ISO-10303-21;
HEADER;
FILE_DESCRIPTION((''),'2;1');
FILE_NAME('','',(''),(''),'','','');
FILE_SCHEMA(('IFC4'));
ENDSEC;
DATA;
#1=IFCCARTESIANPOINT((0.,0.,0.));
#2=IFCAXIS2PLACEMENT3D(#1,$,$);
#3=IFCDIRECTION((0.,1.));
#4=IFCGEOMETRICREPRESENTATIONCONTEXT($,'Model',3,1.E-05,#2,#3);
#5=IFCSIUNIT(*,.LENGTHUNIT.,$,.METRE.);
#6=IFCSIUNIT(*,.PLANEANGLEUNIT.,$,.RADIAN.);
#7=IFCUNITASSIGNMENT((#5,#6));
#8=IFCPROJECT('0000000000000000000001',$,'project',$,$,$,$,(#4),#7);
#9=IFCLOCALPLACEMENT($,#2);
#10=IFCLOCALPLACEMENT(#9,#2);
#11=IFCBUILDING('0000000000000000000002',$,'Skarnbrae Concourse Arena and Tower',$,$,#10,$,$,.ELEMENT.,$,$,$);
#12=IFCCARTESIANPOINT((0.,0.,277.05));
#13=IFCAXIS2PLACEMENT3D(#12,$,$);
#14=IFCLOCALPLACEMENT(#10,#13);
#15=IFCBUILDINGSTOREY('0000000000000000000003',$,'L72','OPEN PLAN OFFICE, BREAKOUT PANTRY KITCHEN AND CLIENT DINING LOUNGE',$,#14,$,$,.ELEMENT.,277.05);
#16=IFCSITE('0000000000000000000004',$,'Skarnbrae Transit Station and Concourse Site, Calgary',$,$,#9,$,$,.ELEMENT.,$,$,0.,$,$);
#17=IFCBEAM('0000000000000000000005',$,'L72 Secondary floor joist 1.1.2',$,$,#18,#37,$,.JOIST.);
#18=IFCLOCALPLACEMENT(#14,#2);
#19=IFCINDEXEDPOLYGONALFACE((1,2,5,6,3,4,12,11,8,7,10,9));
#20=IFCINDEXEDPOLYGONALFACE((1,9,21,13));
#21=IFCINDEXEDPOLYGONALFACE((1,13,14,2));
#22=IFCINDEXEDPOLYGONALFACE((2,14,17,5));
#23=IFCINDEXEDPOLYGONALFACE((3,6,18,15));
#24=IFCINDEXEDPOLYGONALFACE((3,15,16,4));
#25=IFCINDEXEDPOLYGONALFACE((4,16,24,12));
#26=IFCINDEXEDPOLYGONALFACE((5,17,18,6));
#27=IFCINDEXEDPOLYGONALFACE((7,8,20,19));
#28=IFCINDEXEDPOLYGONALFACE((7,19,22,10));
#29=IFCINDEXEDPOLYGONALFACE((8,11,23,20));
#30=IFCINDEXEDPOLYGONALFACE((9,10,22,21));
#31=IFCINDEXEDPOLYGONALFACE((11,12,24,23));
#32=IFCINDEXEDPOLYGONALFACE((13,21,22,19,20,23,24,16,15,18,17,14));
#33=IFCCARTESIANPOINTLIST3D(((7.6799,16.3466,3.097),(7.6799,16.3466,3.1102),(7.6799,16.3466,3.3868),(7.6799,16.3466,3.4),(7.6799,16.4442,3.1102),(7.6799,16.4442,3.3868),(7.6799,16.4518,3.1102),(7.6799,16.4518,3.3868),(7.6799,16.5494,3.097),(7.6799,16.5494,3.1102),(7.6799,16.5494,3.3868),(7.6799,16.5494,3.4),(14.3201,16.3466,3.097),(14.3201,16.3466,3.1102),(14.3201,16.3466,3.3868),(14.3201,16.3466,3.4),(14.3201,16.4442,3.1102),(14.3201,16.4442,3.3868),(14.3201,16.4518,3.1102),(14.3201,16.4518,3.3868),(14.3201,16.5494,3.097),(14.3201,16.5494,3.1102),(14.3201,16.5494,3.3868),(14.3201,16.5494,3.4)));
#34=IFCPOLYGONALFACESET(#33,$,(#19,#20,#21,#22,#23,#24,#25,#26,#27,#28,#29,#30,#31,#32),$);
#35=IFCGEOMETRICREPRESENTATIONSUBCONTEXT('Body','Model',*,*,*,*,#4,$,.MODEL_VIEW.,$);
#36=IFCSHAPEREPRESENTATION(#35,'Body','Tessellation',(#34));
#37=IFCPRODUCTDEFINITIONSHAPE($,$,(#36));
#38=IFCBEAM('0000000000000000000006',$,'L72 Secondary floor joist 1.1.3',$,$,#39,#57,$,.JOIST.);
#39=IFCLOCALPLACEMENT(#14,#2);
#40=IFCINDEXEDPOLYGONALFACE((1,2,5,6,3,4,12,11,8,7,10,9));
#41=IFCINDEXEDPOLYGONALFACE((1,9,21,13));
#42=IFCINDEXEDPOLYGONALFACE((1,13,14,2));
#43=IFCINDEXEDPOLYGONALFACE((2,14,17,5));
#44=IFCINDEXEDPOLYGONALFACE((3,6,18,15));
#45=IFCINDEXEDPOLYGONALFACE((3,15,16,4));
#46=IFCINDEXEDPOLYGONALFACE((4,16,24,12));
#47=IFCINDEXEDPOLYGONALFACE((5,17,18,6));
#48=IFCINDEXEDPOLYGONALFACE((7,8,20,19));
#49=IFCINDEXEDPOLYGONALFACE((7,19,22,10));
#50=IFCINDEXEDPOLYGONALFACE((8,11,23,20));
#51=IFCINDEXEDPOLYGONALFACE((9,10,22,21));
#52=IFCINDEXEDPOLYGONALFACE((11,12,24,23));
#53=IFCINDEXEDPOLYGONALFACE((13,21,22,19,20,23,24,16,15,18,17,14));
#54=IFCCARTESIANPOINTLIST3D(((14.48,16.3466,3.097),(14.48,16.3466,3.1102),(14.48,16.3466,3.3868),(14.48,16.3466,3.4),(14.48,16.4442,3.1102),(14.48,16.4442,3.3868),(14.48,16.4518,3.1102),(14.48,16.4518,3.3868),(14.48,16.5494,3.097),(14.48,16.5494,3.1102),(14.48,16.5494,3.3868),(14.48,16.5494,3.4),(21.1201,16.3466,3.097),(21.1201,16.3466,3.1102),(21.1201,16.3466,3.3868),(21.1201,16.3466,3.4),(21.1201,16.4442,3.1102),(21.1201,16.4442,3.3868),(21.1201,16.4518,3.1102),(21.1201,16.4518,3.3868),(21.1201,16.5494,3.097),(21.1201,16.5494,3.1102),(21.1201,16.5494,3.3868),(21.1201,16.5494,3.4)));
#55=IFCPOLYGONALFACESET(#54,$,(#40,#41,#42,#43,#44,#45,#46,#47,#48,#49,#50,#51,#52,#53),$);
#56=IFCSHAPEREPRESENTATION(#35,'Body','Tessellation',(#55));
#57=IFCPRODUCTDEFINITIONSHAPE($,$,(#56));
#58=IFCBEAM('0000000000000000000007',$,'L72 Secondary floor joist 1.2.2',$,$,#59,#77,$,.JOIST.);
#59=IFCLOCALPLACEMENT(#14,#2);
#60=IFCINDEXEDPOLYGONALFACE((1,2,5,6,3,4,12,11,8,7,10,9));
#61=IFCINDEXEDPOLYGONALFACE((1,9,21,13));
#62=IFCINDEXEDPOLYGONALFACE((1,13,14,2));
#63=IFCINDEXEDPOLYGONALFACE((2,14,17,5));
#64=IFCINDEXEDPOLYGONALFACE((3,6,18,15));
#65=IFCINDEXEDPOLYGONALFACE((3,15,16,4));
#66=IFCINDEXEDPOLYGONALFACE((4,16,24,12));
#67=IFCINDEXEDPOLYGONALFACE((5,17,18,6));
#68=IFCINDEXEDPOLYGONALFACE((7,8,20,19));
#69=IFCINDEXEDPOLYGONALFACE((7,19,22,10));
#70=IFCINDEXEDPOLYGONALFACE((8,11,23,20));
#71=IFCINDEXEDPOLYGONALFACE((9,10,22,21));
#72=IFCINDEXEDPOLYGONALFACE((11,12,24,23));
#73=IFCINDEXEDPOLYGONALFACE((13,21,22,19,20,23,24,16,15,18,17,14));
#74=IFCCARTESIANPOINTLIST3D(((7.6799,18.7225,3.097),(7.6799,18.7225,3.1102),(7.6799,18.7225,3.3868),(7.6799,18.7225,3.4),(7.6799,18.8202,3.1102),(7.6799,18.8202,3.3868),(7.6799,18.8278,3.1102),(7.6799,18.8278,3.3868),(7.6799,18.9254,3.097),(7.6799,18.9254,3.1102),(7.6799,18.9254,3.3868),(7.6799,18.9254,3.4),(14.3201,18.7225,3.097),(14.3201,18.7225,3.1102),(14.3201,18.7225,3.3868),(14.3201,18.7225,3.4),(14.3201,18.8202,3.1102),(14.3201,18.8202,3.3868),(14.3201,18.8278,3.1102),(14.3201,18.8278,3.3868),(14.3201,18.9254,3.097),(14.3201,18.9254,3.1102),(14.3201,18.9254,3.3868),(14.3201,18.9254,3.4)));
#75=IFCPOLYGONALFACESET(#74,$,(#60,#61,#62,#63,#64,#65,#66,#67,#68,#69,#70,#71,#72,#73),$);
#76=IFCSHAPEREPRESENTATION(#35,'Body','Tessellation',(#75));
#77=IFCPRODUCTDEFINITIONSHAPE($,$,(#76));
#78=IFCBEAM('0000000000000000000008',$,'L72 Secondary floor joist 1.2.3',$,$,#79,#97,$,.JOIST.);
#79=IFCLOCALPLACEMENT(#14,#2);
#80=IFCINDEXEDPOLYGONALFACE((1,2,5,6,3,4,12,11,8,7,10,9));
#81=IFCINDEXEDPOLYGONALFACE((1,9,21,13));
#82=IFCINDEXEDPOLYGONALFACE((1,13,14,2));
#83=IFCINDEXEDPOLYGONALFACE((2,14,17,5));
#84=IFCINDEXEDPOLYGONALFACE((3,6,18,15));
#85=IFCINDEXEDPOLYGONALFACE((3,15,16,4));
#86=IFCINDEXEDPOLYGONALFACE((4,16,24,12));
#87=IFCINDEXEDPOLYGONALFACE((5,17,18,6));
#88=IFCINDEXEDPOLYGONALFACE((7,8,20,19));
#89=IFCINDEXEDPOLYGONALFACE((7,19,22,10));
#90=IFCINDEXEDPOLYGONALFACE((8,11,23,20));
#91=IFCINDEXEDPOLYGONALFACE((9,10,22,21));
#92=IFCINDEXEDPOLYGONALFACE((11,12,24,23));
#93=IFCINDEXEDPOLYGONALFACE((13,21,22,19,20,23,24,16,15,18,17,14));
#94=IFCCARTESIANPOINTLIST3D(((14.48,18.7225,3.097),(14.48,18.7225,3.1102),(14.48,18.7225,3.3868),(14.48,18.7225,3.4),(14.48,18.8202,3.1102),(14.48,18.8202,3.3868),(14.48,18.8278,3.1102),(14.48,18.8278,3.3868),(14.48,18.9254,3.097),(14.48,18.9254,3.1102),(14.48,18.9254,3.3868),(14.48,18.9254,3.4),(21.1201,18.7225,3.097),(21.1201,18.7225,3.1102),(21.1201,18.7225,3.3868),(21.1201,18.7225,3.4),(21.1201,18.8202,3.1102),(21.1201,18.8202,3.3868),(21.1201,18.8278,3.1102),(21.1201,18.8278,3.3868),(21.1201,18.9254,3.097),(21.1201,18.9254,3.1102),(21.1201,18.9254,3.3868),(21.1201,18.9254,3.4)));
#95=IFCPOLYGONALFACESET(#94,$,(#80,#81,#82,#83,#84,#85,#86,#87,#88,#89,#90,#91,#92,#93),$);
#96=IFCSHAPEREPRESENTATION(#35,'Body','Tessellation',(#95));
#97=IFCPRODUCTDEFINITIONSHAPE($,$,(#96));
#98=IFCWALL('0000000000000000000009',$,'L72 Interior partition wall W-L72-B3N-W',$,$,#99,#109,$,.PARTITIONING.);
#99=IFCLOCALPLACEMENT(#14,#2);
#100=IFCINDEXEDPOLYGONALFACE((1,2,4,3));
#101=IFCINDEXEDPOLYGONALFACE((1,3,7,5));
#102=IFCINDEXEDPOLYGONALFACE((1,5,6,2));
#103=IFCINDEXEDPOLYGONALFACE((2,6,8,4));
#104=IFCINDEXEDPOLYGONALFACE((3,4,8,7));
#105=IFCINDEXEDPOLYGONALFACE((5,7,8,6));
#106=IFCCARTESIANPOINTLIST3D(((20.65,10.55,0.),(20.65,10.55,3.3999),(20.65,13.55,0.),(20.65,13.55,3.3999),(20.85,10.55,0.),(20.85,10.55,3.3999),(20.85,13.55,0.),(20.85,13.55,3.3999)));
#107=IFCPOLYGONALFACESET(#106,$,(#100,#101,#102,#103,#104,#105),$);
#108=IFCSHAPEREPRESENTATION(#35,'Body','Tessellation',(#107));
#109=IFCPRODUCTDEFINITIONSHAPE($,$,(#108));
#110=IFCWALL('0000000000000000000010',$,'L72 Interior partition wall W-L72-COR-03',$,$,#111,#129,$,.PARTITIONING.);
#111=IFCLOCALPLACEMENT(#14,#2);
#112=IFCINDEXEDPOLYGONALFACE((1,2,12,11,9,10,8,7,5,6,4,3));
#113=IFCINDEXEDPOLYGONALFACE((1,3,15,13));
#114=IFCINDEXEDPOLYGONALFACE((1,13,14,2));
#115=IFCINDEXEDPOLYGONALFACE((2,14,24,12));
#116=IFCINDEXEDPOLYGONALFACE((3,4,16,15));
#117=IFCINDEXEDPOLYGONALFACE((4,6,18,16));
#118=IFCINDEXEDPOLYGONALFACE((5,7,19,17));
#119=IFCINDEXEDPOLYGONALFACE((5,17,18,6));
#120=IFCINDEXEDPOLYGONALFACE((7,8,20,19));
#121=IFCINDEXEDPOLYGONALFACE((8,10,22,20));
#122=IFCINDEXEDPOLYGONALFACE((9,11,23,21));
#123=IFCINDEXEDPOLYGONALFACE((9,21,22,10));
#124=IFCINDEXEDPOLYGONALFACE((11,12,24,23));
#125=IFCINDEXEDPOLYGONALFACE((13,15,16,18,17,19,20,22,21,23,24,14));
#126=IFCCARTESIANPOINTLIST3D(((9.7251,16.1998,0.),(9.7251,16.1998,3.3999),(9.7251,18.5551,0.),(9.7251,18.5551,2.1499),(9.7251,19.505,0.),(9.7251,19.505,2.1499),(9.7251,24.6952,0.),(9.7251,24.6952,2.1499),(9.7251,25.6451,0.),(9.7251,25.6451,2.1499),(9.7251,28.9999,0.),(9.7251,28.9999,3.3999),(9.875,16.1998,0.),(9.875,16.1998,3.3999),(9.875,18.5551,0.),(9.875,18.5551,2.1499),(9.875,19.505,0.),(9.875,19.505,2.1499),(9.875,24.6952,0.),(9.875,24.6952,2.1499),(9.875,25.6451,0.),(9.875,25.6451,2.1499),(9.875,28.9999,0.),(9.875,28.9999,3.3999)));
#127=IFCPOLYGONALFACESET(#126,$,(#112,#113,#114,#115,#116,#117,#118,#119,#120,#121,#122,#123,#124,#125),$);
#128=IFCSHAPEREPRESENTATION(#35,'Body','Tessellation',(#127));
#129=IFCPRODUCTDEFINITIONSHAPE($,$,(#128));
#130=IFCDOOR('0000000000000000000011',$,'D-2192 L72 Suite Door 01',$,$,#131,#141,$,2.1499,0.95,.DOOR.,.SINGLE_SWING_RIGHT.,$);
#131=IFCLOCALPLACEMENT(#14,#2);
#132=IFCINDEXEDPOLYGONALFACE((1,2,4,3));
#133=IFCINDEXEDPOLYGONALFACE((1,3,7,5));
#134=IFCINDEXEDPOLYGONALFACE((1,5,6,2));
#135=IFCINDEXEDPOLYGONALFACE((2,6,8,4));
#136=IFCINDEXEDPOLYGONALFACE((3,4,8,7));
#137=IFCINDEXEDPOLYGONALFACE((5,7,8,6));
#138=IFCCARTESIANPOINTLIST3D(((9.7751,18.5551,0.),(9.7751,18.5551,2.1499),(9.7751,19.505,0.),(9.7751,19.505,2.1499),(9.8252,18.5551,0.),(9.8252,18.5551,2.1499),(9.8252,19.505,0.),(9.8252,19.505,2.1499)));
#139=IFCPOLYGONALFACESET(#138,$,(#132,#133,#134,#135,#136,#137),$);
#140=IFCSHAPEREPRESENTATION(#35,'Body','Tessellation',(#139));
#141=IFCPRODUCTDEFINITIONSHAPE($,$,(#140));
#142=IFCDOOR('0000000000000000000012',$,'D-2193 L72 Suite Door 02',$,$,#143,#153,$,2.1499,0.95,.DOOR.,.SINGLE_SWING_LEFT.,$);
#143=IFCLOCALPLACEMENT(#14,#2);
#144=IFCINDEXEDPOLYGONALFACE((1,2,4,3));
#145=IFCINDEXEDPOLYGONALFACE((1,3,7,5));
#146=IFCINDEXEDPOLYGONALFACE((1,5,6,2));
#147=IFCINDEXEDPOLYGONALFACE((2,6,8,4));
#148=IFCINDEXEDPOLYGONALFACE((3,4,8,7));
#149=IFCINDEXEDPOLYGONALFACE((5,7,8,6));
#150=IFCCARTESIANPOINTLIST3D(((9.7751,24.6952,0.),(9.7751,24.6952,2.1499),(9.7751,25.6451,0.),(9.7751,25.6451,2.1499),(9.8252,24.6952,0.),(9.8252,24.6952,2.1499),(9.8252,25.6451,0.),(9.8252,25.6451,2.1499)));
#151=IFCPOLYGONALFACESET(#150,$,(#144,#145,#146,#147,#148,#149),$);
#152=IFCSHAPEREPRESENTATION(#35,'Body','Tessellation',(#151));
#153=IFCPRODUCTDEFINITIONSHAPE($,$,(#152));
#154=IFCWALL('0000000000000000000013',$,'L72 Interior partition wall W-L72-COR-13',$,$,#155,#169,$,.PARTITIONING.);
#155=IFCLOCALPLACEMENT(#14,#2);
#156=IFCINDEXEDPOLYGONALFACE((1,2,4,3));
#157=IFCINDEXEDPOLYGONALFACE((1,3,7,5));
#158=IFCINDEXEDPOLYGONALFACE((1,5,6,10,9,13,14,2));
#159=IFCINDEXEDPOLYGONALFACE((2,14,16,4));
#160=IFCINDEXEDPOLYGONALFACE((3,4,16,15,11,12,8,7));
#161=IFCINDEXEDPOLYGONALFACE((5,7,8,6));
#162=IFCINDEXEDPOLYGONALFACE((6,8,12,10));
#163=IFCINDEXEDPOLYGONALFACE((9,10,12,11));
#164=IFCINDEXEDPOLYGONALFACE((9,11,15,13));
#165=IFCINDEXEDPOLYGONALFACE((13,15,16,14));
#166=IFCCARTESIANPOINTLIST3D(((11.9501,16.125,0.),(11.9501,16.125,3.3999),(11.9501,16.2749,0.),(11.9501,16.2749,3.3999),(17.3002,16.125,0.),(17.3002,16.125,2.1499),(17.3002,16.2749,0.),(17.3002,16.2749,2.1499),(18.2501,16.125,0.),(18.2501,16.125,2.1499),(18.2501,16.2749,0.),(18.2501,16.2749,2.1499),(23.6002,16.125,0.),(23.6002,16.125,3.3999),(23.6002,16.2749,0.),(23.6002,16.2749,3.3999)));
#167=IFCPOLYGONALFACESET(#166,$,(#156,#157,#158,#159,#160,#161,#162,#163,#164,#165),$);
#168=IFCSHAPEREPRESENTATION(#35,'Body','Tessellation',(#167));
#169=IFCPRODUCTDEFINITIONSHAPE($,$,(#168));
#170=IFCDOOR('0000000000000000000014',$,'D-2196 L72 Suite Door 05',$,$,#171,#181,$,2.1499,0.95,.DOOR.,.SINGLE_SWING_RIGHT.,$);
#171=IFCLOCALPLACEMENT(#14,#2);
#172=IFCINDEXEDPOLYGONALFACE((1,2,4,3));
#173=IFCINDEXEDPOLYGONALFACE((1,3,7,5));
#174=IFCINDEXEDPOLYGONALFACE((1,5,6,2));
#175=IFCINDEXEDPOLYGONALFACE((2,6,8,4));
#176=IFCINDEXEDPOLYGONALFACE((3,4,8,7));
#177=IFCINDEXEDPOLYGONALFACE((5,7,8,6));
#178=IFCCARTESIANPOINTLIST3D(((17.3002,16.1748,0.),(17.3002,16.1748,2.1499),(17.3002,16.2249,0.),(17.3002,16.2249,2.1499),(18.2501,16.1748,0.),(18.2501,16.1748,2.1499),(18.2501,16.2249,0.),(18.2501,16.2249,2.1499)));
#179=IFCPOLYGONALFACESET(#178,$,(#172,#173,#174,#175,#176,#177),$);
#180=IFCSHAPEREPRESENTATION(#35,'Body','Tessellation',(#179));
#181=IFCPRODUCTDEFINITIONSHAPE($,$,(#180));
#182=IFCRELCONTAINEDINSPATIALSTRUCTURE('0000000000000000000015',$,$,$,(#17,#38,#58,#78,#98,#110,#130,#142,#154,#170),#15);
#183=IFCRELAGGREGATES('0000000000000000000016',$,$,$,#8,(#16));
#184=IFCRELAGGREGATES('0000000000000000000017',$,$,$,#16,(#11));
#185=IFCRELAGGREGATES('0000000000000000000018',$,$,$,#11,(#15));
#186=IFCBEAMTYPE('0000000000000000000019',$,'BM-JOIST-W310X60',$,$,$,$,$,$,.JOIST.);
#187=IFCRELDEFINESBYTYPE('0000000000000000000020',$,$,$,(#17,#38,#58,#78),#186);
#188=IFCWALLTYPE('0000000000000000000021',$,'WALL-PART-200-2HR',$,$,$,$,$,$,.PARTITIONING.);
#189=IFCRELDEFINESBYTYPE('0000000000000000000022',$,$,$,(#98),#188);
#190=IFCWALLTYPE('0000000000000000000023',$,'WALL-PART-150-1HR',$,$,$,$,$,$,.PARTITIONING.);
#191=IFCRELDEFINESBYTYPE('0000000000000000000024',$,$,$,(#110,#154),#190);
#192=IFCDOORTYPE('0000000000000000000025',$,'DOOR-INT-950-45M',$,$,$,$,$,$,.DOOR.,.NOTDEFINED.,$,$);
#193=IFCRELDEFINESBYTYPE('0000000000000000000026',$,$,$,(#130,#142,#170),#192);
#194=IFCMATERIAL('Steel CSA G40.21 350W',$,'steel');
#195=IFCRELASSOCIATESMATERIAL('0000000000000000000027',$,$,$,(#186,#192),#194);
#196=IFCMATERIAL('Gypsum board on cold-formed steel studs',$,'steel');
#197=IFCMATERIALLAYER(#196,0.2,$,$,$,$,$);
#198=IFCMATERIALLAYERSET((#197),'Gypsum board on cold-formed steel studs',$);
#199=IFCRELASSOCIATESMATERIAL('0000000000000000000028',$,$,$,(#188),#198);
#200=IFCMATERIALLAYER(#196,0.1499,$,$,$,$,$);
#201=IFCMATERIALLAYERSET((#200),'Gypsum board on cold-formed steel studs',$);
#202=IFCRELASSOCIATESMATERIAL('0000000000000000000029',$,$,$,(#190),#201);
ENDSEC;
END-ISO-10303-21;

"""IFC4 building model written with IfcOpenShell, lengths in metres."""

from ifc_helpers import new_model, si_unit, direction, frame, frame_2d, origin, origin_2d, place, context, subcontext, project, spatial, rectangle, i_section, extrude, source, transform, mapped, material, layer, layer_set, material_profile, profile_set, type_object, element, fill, save


model = new_model("IFC4")

# Units and contexts
model_context = context("Model", 3, precision=1e-05, world=origin(), true_north=direction((0.0, 1.0)))
body_context = subcontext(model_context, "Body", "Model", "MODEL_VIEW")
ifc_project = project(units=[si_unit("LENGTHUNIT", "METRE"), si_unit("PLANEANGLEUNIT", "RADIAN")], contexts=[model_context])

# Site, building, storey
site_placement = place(None, origin())
site = spatial("IfcSite", under=ifc_project, at=site_placement, Name="Skarnbrae Transit Station and Concourse Site, Calgary", CompositionType="ELEMENT", RefElevation=0.0)
building_placement = place(site_placement, origin())
building = spatial("IfcBuilding", under=site, at=building_placement, Name="Skarnbrae Concourse Arena and Tower", CompositionType="ELEMENT")
storey_placement = place(building_placement, frame((0.0, 0.0, 277.05)))
storey = spatial("IfcBuildingStorey", under=building, at=storey_placement, Name="L72", Description="OPEN PLAN OFFICE, BREAKOUT PANTRY KITCHEN AND CLIENT DINING LOUNGE", CompositionType="ELEMENT", Elevation=277.05)

# Shared definitions
ifc_material_1 = material(Name="Steel CSA G40.21 350W", Category="steel")

# Beams
ifc_material_profile_1 = material_profile(ifc_material_1, i_section(OverallWidth=0.2029, OverallDepth=0.303, WebThickness=0.0076, FlangeThickness=0.0132, at=origin_2d()), Name="W310X60")
ifc_profile_set_1 = profile_set([ifc_material_profile_1], Name="Steel CSA G40.21 350W")
beam_type_1 = type_object("IfcBeamType", Name="BM-JOIST-W310X60", PredefinedType="JOIST", material=ifc_profile_set_1)
shared_shape_1 = source(origin(), body_context, "Body", "SweptSolid", [
    extrude(i_section(OverallWidth=0.2029, OverallDepth=0.303, WebThickness=0.0076, FlangeThickness=0.0132, at=origin_2d()), origin(), (0.0, 0.0, 1.0), 6.6401),
])
for number, where, z_axis, x_axis, name in (
    (1, (7.6799, 16.448, 3.2485), (1.0, 0.0, 0.0), (0.0, 1.0, 0.0), "L72 Secondary floor joist 1.1.2"),
    (2, (14.48, 16.448, 3.2485), (1.0, 0.0, 0.0), (0.0, 1.0, 0.0), "L72 Secondary floor joist 1.1.3"),
    (3, (7.6799, 18.824, 3.2485), (1.0, 0.0, 0.0), (0.0, 1.0, 0.0), "L72 Secondary floor joist 1.2.2"),
    (4, (14.48, 18.824, 3.2485), (1.0, 0.0, 0.0), (0.0, 1.0, 0.0), "L72 Secondary floor joist 1.2.3"),
):
    element("IfcBeam", number, at=place(storey_placement, frame(where, z_axis=z_axis, x_axis=x_axis)), inside=storey, type_object=beam_type_1, Name=name, PredefinedType="JOIST", context=body_context, shape_type="MappedRepresentation", body=[
        mapped(shared_shape_1, transform((0.0, 0.0, 0.0))),
    ])

# Shared definitions
ifc_material_2 = material(Name="Gypsum board on cold-formed steel studs", Category="steel")
ifc_layer_1 = layer(ifc_material_2, 0.2)
ifc_layer_set_1 = layer_set([ifc_layer_1], Name="Gypsum board on cold-formed steel studs")
wall_type_1 = type_object("IfcWallType", Name="WALL-PART-200-2HR", PredefinedType="PARTITIONING", material=ifc_layer_set_1)

# Wall
shared_shape_2 = source(origin(), body_context, "Body", "SweptSolid", [
    extrude(rectangle(XDim=3.0, YDim=0.2, at=frame_2d((1.5, 0.0))), origin(), (0.0, 0.0, 1.0), 3.3999),
])
wall_1_placement = place(storey_placement, frame((20.75, 10.55, 0.0), z_axis=(0.0, 0.0, 1.0), x_axis=(0.0, 1.0, 0.0)))
element("IfcWall", 5, at=wall_1_placement, inside=storey, type_object=wall_type_1, Name="L72 Interior partition wall W-L72-B3N-W", PredefinedType="PARTITIONING", context=body_context, shape_type="MappedRepresentation", body=[
    mapped(shared_shape_2, transform((0.0, 0.0, 0.0))),
])

# Wall, openings, doors
ifc_layer_2 = layer(ifc_material_2, 0.1499)
ifc_layer_set_2 = layer_set([ifc_layer_2], Name="Gypsum board on cold-formed steel studs")
wall_type_2 = type_object("IfcWallType", Name="WALL-PART-150-1HR", PredefinedType="PARTITIONING", material=ifc_layer_set_2)
shared_shape_3 = source(origin(), body_context, "Body", "SweptSolid", [
    extrude(rectangle(XDim=12.8, YDim=0.1499, at=frame_2d((6.3999, 0.0))), origin(), (0.0, 0.0, 1.0), 3.3999),
])
wall_2_placement = place(storey_placement, frame((9.8, 16.2, 0.0), z_axis=(0.0, 0.0, 1.0), x_axis=(0.0, 1.0, 0.0)))
wall_2 = element("IfcWall", 6, at=wall_2_placement, inside=storey, type_object=wall_type_2, Name="L72 Interior partition wall W-L72-COR-03", PredefinedType="PARTITIONING", context=body_context, shape_type="MappedRepresentation", body=[
    mapped(shared_shape_3, transform((0.0, 0.0, 0.0))),
])
opening_1_placement = place(wall_2_placement, frame((2.355, 0.0, 0.0)))
opening_1 = element("IfcOpeningElement", 7, at=opening_1_placement, cuts=wall_2, PredefinedType="OPENING", context=body_context, shape_type="SweptSolid", body=[
    extrude(rectangle(XDim=0.95, YDim=2.1499, at=frame_2d((0.4751, 1.075))), frame((0.0, 0.085, 0.0), z_axis=(0.0, -1.0, 0.0), x_axis=(1.0, 0.0, 0.0)), (0.0, 0.0, 1.0), 0.1699),
])
opening_2_placement = place(wall_2_placement, frame((8.4951, 0.0, 0.0)))
opening_2 = element("IfcOpeningElement", 8, at=opening_2_placement, cuts=wall_2, PredefinedType="OPENING", context=body_context, shape_type="SweptSolid", body=[
    extrude(rectangle(XDim=0.95, YDim=2.1499, at=frame_2d((0.4751, 1.075))), frame((0.0, 0.085, 0.0), z_axis=(0.0, -1.0, 0.0), x_axis=(1.0, 0.0, 0.0)), (0.0, 0.0, 1.0), 0.1699),
])
door_type_1 = type_object("IfcDoorType", Name="DOOR-INT-950-45M", OperationType="NOTDEFINED", PredefinedType="DOOR", material=ifc_material_1)
shared_shape_4 = source(origin(), body_context, "Body", "SweptSolid", [
    extrude(rectangle(XDim=0.95, YDim=2.1499, at=frame_2d((0.4751, 1.075))), frame((0.0, 0.0249, 0.0), z_axis=(0.0, -1.0, 0.0), x_axis=(1.0, 0.0, 0.0)), (0.0, 0.0, 1.0), 0.05),
])
door_1_placement = place(opening_1_placement, origin())
door_1 = element("IfcDoor", 9, at=door_1_placement, inside=storey, type_object=door_type_1, Name="D-2192 L72 Suite Door 01", OperationType="SINGLE_SWING_RIGHT", OverallHeight=2.1499, OverallWidth=0.95, PredefinedType="DOOR", context=body_context, shape_type="MappedRepresentation", body=[
    mapped(shared_shape_4, transform((0.0, 0.0, 0.0))),
])
fill(opening_1, door_1)
door_2_placement = place(opening_2_placement, origin())
door_2 = element("IfcDoor", 10, at=door_2_placement, inside=storey, type_object=door_type_1, Name="D-2193 L72 Suite Door 02", OperationType="SINGLE_SWING_LEFT", OverallHeight=2.1499, OverallWidth=0.95, PredefinedType="DOOR", context=body_context, shape_type="MappedRepresentation", body=[
    mapped(shared_shape_4, transform((0.0, 0.0, 0.0))),
])
fill(opening_2, door_2)

# Wall, opening, door
shared_shape_5 = source(origin(), body_context, "Body", "SweptSolid", [
    extrude(rectangle(XDim=11.6501, YDim=0.1499, at=frame_2d((5.8252, 0.0))), origin(), (0.0, 0.0, 1.0), 3.3999),
])
wall_3_placement = place(storey_placement, frame((11.95, 16.2, 0.0), z_axis=(0.0, 0.0, 1.0), x_axis=(1.0, 0.0, 0.0)))
wall_3 = element("IfcWall", 11, at=wall_3_placement, inside=storey, type_object=wall_type_2, Name="L72 Interior partition wall W-L72-COR-13", PredefinedType="PARTITIONING", context=body_context, shape_type="MappedRepresentation", body=[
    mapped(shared_shape_5, transform((0.0, 0.0, 0.0))),
])
opening_3_placement = place(wall_3_placement, frame((5.3501, 0.0, 0.0)))
opening_3 = element("IfcOpeningElement", 12, at=opening_3_placement, cuts=wall_3, PredefinedType="OPENING", context=body_context, shape_type="SweptSolid", body=[
    extrude(rectangle(XDim=0.95, YDim=2.1499, at=frame_2d((0.4751, 1.075))), frame((0.0, 0.085, 0.0), z_axis=(0.0, -1.0, 0.0), x_axis=(1.0, 0.0, 0.0)), (0.0, 0.0, 1.0), 0.1699),
])
door_3_placement = place(opening_3_placement, origin())
door_3 = element("IfcDoor", 13, at=door_3_placement, inside=storey, type_object=door_type_1, Name="D-2196 L72 Suite Door 05", OperationType="SINGLE_SWING_RIGHT", OverallHeight=2.1499, OverallWidth=0.95, PredefinedType="DOOR", context=body_context, shape_type="MappedRepresentation", body=[
    mapped(shared_shape_4, transform((0.0, 0.0, 0.0))),
])
fill(opening_3, door_3)

save(model, "model.ifc")
